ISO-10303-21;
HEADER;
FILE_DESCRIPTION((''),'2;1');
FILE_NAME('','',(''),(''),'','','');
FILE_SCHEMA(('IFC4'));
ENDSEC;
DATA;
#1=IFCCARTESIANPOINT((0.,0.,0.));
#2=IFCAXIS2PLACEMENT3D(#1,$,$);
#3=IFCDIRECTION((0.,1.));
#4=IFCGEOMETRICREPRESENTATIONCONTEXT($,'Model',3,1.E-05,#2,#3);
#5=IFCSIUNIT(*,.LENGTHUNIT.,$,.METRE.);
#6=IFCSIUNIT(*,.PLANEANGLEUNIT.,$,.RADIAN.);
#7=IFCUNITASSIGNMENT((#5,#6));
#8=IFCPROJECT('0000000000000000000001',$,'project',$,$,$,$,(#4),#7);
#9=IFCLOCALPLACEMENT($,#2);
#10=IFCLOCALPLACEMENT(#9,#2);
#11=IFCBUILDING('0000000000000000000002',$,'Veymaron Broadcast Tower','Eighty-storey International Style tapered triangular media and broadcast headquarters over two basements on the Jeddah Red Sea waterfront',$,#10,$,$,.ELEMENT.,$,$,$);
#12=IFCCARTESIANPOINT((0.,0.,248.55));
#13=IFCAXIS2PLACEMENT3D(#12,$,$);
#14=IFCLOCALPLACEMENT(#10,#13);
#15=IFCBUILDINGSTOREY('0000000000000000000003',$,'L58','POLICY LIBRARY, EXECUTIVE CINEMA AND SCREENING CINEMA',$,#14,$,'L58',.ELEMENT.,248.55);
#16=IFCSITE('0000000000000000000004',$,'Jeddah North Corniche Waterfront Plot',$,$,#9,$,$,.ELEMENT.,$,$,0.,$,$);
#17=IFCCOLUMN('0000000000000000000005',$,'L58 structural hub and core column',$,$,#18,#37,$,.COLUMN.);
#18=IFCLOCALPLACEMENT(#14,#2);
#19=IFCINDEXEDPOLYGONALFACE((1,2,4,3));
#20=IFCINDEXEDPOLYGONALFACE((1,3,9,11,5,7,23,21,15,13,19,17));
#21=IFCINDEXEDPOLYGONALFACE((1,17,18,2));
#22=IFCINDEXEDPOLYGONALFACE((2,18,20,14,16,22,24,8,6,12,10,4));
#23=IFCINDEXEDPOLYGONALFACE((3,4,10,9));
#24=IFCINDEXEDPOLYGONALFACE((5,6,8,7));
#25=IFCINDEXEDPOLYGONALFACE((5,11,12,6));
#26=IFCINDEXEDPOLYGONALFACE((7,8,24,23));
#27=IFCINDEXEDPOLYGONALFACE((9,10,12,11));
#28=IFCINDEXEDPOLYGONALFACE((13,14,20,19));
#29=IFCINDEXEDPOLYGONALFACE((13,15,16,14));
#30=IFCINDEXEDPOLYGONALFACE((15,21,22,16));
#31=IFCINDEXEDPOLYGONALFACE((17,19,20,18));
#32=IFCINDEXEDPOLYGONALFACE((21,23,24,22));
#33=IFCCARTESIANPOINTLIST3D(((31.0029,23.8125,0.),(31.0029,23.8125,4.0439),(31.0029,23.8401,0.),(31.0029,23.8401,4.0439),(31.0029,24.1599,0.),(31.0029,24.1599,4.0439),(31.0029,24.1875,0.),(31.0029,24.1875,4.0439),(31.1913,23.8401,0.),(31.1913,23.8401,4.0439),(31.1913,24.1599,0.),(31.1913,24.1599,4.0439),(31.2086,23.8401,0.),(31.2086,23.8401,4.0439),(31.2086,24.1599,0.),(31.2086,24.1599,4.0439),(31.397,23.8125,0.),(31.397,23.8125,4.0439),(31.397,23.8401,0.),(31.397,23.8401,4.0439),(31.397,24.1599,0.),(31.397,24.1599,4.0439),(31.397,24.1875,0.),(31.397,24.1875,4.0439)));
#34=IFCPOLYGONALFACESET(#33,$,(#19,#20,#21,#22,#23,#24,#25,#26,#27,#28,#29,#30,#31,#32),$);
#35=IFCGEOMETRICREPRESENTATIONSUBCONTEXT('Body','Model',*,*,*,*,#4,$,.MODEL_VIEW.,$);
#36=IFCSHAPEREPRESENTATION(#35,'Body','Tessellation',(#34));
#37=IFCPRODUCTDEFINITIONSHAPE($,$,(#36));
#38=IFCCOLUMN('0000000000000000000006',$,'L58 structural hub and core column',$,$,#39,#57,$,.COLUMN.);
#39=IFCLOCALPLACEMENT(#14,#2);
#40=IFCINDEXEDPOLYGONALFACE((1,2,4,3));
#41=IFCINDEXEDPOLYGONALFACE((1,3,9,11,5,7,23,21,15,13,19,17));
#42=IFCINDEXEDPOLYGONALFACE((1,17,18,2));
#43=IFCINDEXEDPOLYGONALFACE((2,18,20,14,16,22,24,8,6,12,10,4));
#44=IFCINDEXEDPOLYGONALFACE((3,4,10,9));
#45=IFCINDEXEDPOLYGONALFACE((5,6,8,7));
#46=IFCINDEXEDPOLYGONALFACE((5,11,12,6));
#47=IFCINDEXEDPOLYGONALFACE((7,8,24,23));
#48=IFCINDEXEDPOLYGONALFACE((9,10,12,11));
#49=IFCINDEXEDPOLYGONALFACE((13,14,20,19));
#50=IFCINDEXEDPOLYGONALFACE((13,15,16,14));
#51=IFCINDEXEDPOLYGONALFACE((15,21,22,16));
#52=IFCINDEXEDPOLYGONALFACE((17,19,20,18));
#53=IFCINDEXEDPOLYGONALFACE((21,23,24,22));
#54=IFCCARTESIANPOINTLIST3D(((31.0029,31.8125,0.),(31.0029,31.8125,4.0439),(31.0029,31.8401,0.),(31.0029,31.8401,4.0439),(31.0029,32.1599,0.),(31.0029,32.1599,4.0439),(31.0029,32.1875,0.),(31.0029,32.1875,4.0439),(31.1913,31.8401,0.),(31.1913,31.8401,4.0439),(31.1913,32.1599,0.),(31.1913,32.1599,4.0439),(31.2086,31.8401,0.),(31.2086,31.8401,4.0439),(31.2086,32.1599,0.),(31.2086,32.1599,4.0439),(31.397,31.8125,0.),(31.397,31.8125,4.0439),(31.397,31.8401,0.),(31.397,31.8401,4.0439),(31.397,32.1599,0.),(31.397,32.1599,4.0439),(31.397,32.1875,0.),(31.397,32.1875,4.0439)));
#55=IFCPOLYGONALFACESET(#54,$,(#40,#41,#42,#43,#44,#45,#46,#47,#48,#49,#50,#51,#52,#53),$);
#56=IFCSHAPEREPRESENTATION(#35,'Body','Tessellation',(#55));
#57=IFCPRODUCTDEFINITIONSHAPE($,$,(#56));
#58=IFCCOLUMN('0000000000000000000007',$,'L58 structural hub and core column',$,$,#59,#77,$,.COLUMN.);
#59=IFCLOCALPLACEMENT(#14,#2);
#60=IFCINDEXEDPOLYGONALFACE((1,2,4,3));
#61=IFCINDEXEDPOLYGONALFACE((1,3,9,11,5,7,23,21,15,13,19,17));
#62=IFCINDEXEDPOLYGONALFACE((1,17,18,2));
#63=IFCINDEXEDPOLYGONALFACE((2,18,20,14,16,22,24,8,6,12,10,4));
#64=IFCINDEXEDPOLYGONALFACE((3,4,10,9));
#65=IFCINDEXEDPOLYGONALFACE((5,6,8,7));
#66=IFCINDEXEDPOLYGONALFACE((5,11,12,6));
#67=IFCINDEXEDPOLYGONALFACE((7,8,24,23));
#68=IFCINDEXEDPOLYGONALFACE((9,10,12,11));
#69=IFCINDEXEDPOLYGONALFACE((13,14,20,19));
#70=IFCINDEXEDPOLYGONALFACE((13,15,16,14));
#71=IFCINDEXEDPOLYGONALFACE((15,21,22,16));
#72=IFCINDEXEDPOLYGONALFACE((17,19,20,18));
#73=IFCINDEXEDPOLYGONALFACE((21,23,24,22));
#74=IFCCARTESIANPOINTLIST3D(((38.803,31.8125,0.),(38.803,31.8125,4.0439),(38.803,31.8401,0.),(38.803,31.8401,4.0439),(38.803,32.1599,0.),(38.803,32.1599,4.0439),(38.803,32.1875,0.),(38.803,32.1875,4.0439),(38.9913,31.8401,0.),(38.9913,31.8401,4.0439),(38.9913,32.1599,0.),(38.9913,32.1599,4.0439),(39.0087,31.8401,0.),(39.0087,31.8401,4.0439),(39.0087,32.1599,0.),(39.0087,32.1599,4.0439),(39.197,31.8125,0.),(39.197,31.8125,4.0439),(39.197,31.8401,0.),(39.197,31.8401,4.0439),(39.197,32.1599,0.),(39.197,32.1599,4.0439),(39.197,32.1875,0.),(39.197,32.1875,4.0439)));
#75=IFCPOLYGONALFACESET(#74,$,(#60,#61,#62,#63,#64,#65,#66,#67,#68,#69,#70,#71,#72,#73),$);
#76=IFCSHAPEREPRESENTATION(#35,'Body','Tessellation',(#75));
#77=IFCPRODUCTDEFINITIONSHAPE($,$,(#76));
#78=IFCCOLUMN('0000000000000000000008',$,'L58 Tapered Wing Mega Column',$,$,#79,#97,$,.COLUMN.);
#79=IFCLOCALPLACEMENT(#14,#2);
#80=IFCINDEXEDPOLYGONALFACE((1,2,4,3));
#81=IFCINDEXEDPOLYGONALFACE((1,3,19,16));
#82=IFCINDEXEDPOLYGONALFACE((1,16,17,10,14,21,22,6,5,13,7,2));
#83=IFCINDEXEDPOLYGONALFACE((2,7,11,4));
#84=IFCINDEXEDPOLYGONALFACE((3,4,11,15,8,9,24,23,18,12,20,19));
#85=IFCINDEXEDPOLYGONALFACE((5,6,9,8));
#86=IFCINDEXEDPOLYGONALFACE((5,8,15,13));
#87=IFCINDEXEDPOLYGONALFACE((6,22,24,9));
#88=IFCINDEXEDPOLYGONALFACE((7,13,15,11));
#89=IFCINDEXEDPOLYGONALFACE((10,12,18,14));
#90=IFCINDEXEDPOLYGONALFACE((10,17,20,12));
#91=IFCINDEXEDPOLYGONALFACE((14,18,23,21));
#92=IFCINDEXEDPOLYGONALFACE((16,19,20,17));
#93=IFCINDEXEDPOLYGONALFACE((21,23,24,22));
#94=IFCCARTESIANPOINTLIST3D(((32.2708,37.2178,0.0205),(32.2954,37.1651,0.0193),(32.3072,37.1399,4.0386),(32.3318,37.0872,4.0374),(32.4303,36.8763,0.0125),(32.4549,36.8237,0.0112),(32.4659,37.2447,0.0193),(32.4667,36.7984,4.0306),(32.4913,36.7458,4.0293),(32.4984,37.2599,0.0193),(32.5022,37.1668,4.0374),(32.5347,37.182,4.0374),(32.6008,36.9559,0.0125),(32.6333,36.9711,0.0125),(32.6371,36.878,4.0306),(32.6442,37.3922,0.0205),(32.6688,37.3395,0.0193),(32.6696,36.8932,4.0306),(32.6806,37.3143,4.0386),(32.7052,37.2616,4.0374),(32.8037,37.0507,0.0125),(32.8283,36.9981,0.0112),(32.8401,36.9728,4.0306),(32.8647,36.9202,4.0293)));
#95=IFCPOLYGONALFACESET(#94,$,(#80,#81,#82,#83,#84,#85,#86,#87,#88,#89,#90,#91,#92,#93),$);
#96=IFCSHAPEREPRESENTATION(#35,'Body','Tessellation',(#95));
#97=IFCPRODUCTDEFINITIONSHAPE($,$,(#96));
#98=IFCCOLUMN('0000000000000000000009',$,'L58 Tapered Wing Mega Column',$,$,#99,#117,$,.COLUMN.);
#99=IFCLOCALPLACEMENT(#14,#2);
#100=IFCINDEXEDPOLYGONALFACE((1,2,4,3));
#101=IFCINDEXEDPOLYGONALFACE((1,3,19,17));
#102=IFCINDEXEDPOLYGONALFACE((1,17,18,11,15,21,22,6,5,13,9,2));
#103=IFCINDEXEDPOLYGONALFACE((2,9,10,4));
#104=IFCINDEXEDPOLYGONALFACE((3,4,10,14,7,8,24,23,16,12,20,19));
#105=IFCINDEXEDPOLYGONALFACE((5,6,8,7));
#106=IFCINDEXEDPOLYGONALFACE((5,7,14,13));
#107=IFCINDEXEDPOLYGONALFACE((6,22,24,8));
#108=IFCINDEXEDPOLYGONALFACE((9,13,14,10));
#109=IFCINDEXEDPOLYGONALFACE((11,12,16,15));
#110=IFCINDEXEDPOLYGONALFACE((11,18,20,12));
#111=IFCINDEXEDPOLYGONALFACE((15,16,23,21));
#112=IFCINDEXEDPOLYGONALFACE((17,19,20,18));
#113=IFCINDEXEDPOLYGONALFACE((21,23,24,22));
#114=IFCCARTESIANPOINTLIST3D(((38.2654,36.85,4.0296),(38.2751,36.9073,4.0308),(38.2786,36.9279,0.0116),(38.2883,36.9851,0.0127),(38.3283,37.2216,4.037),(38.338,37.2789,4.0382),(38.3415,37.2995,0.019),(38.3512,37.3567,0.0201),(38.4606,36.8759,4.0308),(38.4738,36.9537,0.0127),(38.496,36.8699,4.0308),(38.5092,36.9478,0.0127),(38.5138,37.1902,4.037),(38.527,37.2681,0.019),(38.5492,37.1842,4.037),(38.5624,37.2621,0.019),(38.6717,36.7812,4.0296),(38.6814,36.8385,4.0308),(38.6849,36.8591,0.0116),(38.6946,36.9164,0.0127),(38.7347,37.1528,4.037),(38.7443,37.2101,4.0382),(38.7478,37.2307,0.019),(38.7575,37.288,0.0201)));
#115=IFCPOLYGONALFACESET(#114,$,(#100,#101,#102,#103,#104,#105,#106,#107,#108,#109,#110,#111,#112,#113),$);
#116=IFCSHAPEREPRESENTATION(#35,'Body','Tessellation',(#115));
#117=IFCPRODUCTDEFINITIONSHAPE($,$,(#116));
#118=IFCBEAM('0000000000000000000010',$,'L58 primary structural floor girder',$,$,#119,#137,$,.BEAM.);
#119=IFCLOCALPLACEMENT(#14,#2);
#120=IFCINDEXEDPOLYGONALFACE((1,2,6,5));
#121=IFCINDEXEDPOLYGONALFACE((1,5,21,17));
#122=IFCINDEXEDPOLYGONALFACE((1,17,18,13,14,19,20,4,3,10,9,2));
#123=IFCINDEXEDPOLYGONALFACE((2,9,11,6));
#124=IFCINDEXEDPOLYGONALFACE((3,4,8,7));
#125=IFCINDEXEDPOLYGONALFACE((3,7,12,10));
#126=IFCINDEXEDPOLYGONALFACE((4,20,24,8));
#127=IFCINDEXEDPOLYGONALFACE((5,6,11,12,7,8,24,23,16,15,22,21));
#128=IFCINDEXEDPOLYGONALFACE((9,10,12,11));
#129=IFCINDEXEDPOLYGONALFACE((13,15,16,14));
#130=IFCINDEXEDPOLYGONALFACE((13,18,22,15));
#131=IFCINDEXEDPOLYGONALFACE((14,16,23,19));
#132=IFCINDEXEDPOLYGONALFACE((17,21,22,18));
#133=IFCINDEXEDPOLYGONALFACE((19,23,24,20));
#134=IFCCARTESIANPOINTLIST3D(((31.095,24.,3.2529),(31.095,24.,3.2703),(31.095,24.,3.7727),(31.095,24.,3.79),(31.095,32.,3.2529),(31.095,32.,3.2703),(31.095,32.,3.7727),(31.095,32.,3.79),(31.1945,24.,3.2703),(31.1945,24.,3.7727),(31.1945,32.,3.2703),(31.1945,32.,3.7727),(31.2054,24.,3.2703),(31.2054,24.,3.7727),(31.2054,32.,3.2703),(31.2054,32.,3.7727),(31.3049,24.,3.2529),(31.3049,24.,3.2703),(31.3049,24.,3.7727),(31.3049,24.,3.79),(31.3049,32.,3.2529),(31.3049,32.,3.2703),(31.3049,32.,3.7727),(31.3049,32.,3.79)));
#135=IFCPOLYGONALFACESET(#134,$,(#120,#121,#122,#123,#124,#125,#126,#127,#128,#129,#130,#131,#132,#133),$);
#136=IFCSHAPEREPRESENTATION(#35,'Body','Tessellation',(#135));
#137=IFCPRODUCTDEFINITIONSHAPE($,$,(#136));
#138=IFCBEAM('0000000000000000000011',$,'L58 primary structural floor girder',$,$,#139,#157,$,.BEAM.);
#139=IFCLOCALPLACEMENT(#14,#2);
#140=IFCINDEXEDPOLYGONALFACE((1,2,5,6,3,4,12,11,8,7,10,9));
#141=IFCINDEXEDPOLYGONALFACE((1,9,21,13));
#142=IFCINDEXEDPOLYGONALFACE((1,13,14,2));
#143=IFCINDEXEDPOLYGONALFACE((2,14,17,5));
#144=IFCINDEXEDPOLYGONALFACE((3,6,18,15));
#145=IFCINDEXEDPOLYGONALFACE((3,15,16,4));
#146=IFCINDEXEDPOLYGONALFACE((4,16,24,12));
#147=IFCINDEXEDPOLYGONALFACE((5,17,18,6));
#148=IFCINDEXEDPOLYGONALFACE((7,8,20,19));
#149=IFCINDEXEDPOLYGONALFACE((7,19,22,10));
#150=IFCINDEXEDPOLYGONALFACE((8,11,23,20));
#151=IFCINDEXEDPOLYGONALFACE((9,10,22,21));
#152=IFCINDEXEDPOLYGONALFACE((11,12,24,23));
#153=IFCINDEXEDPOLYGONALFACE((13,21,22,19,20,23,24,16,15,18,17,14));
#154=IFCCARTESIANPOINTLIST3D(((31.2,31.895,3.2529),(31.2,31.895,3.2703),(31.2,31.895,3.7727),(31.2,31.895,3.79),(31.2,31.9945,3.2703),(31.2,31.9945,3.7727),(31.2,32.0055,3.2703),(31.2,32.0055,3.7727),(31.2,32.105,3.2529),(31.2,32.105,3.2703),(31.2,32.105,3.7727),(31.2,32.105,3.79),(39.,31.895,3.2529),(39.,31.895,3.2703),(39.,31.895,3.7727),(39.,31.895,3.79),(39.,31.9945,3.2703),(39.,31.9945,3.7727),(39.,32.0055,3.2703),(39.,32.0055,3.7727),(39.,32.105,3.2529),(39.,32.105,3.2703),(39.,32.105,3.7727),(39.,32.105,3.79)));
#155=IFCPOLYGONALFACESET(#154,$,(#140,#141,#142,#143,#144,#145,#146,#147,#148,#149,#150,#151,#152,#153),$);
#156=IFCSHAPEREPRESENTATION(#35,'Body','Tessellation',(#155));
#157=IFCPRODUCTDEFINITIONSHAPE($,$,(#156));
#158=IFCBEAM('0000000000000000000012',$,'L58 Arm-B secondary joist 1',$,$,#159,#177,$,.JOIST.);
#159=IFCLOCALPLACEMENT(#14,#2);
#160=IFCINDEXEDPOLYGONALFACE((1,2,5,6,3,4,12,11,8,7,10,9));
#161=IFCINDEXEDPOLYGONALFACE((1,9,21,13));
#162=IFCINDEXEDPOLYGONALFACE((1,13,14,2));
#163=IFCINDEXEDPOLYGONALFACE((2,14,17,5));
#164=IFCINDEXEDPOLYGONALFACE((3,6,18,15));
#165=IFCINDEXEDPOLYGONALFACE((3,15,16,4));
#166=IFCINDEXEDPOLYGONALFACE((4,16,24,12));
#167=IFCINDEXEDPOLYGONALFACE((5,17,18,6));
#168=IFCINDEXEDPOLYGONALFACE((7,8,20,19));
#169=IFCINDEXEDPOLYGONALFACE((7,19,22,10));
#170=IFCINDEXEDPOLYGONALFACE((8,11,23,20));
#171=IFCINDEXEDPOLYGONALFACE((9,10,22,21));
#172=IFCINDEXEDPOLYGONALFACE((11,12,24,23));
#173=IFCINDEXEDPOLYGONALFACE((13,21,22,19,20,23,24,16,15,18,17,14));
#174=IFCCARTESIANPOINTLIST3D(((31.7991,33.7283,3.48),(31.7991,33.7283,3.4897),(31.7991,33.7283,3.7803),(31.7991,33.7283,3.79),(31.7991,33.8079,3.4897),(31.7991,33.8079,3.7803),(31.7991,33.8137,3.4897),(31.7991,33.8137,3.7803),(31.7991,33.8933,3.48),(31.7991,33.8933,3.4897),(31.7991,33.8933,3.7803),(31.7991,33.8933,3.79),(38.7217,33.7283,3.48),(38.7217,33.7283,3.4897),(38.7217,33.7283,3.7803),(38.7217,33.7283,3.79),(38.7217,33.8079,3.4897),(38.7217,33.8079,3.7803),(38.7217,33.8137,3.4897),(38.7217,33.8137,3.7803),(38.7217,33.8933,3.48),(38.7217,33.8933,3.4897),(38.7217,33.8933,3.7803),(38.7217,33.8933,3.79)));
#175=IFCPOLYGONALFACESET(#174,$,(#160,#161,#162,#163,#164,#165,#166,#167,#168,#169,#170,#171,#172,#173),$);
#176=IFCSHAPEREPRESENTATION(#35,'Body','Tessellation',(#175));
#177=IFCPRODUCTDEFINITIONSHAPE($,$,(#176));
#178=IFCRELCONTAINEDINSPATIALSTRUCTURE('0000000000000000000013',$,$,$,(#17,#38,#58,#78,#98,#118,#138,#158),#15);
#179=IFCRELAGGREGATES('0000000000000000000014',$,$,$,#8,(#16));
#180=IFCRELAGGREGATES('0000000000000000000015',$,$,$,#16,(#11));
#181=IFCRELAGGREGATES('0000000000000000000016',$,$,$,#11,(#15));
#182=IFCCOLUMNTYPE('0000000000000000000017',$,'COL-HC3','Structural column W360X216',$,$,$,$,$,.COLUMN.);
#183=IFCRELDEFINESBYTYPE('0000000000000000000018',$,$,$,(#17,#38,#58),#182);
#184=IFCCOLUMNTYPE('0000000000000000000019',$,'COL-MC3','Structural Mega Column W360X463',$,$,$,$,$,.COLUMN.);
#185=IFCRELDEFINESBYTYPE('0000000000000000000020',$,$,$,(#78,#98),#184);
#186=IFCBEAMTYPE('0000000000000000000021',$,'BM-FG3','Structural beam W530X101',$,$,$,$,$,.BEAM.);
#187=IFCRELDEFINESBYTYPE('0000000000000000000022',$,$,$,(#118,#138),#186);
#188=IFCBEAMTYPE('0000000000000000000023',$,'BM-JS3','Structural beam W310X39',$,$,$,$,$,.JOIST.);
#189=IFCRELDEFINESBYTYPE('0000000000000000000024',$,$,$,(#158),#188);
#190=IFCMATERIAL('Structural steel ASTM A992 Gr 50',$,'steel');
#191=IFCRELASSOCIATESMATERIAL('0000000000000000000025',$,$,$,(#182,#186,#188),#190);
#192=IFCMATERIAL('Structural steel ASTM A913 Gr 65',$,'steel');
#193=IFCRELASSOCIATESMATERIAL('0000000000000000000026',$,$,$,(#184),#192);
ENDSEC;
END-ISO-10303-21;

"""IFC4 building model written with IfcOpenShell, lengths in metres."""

from ifc_helpers import new_model, si_unit, direction, frame, origin, origin_2d, place, context, subcontext, project, spatial, i_section, extrude, material, material_profile, profile_set, type_object, element, save


model = new_model("IFC4")

# Units and contexts
model_context = context("Model", 3, precision=1e-05, world=origin(), true_north=direction((0.0, 1.0)))
body_context = subcontext(model_context, "Body", "Model", "MODEL_VIEW")
ifc_project = project(units=[si_unit("LENGTHUNIT", "METRE"), si_unit("PLANEANGLEUNIT", "RADIAN")], contexts=[model_context])

# Site, building, storey
site_placement = place(None, origin())
site = spatial("IfcSite", under=ifc_project, at=site_placement, Name="Jeddah North Corniche Waterfront Plot", CompositionType="ELEMENT", RefElevation=0.0)
building_placement = place(site_placement, origin())
building = spatial("IfcBuilding", under=site, at=building_placement, Name="Veymaron Broadcast Tower", Description="Eighty-storey International Style tapered triangular media and broadcast headquarters over two basements on the Jeddah Red Sea waterfront", CompositionType="ELEMENT")
storey_placement = place(building_placement, frame((0.0, 0.0, 248.55)))
storey = spatial("IfcBuildingStorey", under=building, at=storey_placement, Name="L58", Description="POLICY LIBRARY, EXECUTIVE CINEMA AND SCREENING CINEMA", LongName="L58", CompositionType="ELEMENT", Elevation=248.55)

# Columns
ifc_material_1 = material(Name="Structural steel ASTM A992 Gr 50", Category="steel")
ifc_material_profile_1 = material_profile(ifc_material_1, i_section(OverallWidth=0.394, OverallDepth=0.375, WebThickness=0.0173, FlangeThickness=0.0276, at=origin_2d()), Name="W360X216")
ifc_profile_set_1 = profile_set([ifc_material_profile_1], Name="Structural steel ASTM A992 Gr 50")
column_type_1 = type_object("IfcColumnType", Name="COL-HC3", Description="Structural column W360X216", PredefinedType="COLUMN", material=ifc_profile_set_1)
for number, where, z_axis, x_axis, name in (
    (1, (31.2, 24.0, 0.0), (0.0, 0.0, 1.0), (1.0, 0.0, 0.0), "L58 structural hub and core column"),
    (2, (31.2, 32.0, 0.0), (0.0, 0.0, 1.0), (1.0, 0.0, 0.0), "L58 structural hub and core column"),
    (3, (39.0, 32.0, 0.0), (0.0, 0.0, 1.0), (1.0, 0.0, 0.0), "L58 structural hub and core column"),
):
    element("IfcColumn", number, at=place(storey_placement, frame(where, z_axis=z_axis, x_axis=x_axis)), inside=storey, type_object=column_type_1, Name=name, PredefinedType="COLUMN", context=body_context, shape_type="SweptSolid", body=[
        extrude(i_section(OverallWidth=0.394, OverallDepth=0.375, WebThickness=0.0173, FlangeThickness=0.0276, at=origin_2d()), origin(), (0.0, 0.0, 1.0), 4.0439),
    ])
ifc_material_2 = material(Name="Structural steel ASTM A913 Gr 65", Category="steel")
ifc_material_profile_2 = material_profile(ifc_material_2, i_section(OverallWidth=0.4121, OverallDepth=0.4351, WebThickness=0.0359, FlangeThickness=0.0581, at=origin_2d()), Name="W360X463")
ifc_profile_set_2 = profile_set([ifc_material_profile_2], Name="Structural steel ASTM A913 Gr 65")
column_type_2 = type_object("IfcColumnType", Name="COL-MC3", Description="Structural Mega Column W360X463", PredefinedType="COLUMN", material=ifc_profile_set_2)
column_1_placement = place(storey_placement, frame((32.5496, 37.1079, 0.0159), z_axis=(0.009051, -0.019378, 0.999771), x_axis=(0.906038, 0.423196, 0.0)))
element("IfcColumn", 4, at=column_1_placement, inside=storey, type_object=column_type_2, Name="L58 Tapered Wing Mega Column", PredefinedType="COLUMN", context=body_context, shape_type="SweptSolid", body=[
    extrude(i_section(OverallWidth=0.4121, OverallDepth=0.4351, WebThickness=0.0359, FlangeThickness=0.0581, at=origin_2d()), origin(), (0.0, 0.0, 1.0), 4.019),
])
column_2_placement = place(storey_placement, frame((38.5181, 37.1079, 0.0159), z_axis=(-0.00328, -0.019379, 0.999807), x_axis=(0.985973, -0.166905, 0.0)))
element("IfcColumn", 5, at=column_2_placement, inside=storey, type_object=column_type_2, Name="L58 Tapered Wing Mega Column", PredefinedType="COLUMN", context=body_context, shape_type="SweptSolid", body=[
    extrude(i_section(OverallWidth=0.4121, OverallDepth=0.4351, WebThickness=0.0359, FlangeThickness=0.0581, at=origin_2d()), origin(), (0.0, 0.0, 1.0), 4.0188),
])

# Beams
ifc_material_profile_3 = material_profile(ifc_material_1, i_section(OverallWidth=0.21, OverallDepth=0.5371, WebThickness=0.011, FlangeThickness=0.0173, at=origin_2d()), Name="W530X101")
ifc_profile_set_3 = profile_set([ifc_material_profile_3], Name="Structural steel ASTM A992 Gr 50")
beam_type_1 = type_object("IfcBeamType", Name="BM-FG3", Description="Structural beam W530X101", PredefinedType="BEAM", material=ifc_profile_set_3)
beam_1_placement = place(storey_placement, frame((31.2, 24.0, 3.5215), z_axis=(0.0, 1.0, 0.0), x_axis=(-1.0, 0.0, 0.0)))
element("IfcBeam", 6, at=beam_1_placement, inside=storey, type_object=beam_type_1, Name="L58 primary structural floor girder", PredefinedType="BEAM", context=body_context, shape_type="SweptSolid", body=[
    extrude(i_section(OverallWidth=0.21, OverallDepth=0.5371, WebThickness=0.011, FlangeThickness=0.0173, at=origin_2d()), origin(), (0.0, 0.0, 1.0), 8.0),
])
beam_2_placement = place(storey_placement, frame((31.2, 32.0, 3.5215), z_axis=(1.0, 0.0, 0.0), x_axis=(0.0, 1.0, 0.0)))
element("IfcBeam", 7, at=beam_2_placement, inside=storey, type_object=beam_type_1, Name="L58 primary structural floor girder", PredefinedType="BEAM", context=body_context, shape_type="SweptSolid", body=[
    extrude(i_section(OverallWidth=0.21, OverallDepth=0.5371, WebThickness=0.011, FlangeThickness=0.0173, at=origin_2d()), origin(), (0.0, 0.0, 1.0), 7.8),
])
ifc_material_profile_4 = material_profile(ifc_material_1, i_section(OverallWidth=0.165, OverallDepth=0.3101, WebThickness=0.0059, FlangeThickness=0.0098, at=origin_2d()), Name="W310X39")
ifc_profile_set_4 = profile_set([ifc_material_profile_4], Name="Structural steel ASTM A992 Gr 50")
beam_type_2 = type_object("IfcBeamType", Name="BM-JS3", Description="Structural beam W310X39", PredefinedType="JOIST", material=ifc_profile_set_4)
beam_3_placement = place(storey_placement, frame((31.7991, 33.8108, 3.635), z_axis=(1.0, 0.0, 0.0), x_axis=(0.0, 1.0, 0.0)))
element("IfcBeam", 8, at=beam_3_placement, inside=storey, type_object=beam_type_2, Name="L58 Arm-B secondary joist 1", PredefinedType="JOIST", context=body_context, shape_type="SweptSolid", body=[
    extrude(i_section(OverallWidth=0.165, OverallDepth=0.3101, WebThickness=0.0059, FlangeThickness=0.0098, at=origin_2d()), origin(), (0.0, 0.0, 1.0), 6.9226),
])

save(model, "model.ifc")
